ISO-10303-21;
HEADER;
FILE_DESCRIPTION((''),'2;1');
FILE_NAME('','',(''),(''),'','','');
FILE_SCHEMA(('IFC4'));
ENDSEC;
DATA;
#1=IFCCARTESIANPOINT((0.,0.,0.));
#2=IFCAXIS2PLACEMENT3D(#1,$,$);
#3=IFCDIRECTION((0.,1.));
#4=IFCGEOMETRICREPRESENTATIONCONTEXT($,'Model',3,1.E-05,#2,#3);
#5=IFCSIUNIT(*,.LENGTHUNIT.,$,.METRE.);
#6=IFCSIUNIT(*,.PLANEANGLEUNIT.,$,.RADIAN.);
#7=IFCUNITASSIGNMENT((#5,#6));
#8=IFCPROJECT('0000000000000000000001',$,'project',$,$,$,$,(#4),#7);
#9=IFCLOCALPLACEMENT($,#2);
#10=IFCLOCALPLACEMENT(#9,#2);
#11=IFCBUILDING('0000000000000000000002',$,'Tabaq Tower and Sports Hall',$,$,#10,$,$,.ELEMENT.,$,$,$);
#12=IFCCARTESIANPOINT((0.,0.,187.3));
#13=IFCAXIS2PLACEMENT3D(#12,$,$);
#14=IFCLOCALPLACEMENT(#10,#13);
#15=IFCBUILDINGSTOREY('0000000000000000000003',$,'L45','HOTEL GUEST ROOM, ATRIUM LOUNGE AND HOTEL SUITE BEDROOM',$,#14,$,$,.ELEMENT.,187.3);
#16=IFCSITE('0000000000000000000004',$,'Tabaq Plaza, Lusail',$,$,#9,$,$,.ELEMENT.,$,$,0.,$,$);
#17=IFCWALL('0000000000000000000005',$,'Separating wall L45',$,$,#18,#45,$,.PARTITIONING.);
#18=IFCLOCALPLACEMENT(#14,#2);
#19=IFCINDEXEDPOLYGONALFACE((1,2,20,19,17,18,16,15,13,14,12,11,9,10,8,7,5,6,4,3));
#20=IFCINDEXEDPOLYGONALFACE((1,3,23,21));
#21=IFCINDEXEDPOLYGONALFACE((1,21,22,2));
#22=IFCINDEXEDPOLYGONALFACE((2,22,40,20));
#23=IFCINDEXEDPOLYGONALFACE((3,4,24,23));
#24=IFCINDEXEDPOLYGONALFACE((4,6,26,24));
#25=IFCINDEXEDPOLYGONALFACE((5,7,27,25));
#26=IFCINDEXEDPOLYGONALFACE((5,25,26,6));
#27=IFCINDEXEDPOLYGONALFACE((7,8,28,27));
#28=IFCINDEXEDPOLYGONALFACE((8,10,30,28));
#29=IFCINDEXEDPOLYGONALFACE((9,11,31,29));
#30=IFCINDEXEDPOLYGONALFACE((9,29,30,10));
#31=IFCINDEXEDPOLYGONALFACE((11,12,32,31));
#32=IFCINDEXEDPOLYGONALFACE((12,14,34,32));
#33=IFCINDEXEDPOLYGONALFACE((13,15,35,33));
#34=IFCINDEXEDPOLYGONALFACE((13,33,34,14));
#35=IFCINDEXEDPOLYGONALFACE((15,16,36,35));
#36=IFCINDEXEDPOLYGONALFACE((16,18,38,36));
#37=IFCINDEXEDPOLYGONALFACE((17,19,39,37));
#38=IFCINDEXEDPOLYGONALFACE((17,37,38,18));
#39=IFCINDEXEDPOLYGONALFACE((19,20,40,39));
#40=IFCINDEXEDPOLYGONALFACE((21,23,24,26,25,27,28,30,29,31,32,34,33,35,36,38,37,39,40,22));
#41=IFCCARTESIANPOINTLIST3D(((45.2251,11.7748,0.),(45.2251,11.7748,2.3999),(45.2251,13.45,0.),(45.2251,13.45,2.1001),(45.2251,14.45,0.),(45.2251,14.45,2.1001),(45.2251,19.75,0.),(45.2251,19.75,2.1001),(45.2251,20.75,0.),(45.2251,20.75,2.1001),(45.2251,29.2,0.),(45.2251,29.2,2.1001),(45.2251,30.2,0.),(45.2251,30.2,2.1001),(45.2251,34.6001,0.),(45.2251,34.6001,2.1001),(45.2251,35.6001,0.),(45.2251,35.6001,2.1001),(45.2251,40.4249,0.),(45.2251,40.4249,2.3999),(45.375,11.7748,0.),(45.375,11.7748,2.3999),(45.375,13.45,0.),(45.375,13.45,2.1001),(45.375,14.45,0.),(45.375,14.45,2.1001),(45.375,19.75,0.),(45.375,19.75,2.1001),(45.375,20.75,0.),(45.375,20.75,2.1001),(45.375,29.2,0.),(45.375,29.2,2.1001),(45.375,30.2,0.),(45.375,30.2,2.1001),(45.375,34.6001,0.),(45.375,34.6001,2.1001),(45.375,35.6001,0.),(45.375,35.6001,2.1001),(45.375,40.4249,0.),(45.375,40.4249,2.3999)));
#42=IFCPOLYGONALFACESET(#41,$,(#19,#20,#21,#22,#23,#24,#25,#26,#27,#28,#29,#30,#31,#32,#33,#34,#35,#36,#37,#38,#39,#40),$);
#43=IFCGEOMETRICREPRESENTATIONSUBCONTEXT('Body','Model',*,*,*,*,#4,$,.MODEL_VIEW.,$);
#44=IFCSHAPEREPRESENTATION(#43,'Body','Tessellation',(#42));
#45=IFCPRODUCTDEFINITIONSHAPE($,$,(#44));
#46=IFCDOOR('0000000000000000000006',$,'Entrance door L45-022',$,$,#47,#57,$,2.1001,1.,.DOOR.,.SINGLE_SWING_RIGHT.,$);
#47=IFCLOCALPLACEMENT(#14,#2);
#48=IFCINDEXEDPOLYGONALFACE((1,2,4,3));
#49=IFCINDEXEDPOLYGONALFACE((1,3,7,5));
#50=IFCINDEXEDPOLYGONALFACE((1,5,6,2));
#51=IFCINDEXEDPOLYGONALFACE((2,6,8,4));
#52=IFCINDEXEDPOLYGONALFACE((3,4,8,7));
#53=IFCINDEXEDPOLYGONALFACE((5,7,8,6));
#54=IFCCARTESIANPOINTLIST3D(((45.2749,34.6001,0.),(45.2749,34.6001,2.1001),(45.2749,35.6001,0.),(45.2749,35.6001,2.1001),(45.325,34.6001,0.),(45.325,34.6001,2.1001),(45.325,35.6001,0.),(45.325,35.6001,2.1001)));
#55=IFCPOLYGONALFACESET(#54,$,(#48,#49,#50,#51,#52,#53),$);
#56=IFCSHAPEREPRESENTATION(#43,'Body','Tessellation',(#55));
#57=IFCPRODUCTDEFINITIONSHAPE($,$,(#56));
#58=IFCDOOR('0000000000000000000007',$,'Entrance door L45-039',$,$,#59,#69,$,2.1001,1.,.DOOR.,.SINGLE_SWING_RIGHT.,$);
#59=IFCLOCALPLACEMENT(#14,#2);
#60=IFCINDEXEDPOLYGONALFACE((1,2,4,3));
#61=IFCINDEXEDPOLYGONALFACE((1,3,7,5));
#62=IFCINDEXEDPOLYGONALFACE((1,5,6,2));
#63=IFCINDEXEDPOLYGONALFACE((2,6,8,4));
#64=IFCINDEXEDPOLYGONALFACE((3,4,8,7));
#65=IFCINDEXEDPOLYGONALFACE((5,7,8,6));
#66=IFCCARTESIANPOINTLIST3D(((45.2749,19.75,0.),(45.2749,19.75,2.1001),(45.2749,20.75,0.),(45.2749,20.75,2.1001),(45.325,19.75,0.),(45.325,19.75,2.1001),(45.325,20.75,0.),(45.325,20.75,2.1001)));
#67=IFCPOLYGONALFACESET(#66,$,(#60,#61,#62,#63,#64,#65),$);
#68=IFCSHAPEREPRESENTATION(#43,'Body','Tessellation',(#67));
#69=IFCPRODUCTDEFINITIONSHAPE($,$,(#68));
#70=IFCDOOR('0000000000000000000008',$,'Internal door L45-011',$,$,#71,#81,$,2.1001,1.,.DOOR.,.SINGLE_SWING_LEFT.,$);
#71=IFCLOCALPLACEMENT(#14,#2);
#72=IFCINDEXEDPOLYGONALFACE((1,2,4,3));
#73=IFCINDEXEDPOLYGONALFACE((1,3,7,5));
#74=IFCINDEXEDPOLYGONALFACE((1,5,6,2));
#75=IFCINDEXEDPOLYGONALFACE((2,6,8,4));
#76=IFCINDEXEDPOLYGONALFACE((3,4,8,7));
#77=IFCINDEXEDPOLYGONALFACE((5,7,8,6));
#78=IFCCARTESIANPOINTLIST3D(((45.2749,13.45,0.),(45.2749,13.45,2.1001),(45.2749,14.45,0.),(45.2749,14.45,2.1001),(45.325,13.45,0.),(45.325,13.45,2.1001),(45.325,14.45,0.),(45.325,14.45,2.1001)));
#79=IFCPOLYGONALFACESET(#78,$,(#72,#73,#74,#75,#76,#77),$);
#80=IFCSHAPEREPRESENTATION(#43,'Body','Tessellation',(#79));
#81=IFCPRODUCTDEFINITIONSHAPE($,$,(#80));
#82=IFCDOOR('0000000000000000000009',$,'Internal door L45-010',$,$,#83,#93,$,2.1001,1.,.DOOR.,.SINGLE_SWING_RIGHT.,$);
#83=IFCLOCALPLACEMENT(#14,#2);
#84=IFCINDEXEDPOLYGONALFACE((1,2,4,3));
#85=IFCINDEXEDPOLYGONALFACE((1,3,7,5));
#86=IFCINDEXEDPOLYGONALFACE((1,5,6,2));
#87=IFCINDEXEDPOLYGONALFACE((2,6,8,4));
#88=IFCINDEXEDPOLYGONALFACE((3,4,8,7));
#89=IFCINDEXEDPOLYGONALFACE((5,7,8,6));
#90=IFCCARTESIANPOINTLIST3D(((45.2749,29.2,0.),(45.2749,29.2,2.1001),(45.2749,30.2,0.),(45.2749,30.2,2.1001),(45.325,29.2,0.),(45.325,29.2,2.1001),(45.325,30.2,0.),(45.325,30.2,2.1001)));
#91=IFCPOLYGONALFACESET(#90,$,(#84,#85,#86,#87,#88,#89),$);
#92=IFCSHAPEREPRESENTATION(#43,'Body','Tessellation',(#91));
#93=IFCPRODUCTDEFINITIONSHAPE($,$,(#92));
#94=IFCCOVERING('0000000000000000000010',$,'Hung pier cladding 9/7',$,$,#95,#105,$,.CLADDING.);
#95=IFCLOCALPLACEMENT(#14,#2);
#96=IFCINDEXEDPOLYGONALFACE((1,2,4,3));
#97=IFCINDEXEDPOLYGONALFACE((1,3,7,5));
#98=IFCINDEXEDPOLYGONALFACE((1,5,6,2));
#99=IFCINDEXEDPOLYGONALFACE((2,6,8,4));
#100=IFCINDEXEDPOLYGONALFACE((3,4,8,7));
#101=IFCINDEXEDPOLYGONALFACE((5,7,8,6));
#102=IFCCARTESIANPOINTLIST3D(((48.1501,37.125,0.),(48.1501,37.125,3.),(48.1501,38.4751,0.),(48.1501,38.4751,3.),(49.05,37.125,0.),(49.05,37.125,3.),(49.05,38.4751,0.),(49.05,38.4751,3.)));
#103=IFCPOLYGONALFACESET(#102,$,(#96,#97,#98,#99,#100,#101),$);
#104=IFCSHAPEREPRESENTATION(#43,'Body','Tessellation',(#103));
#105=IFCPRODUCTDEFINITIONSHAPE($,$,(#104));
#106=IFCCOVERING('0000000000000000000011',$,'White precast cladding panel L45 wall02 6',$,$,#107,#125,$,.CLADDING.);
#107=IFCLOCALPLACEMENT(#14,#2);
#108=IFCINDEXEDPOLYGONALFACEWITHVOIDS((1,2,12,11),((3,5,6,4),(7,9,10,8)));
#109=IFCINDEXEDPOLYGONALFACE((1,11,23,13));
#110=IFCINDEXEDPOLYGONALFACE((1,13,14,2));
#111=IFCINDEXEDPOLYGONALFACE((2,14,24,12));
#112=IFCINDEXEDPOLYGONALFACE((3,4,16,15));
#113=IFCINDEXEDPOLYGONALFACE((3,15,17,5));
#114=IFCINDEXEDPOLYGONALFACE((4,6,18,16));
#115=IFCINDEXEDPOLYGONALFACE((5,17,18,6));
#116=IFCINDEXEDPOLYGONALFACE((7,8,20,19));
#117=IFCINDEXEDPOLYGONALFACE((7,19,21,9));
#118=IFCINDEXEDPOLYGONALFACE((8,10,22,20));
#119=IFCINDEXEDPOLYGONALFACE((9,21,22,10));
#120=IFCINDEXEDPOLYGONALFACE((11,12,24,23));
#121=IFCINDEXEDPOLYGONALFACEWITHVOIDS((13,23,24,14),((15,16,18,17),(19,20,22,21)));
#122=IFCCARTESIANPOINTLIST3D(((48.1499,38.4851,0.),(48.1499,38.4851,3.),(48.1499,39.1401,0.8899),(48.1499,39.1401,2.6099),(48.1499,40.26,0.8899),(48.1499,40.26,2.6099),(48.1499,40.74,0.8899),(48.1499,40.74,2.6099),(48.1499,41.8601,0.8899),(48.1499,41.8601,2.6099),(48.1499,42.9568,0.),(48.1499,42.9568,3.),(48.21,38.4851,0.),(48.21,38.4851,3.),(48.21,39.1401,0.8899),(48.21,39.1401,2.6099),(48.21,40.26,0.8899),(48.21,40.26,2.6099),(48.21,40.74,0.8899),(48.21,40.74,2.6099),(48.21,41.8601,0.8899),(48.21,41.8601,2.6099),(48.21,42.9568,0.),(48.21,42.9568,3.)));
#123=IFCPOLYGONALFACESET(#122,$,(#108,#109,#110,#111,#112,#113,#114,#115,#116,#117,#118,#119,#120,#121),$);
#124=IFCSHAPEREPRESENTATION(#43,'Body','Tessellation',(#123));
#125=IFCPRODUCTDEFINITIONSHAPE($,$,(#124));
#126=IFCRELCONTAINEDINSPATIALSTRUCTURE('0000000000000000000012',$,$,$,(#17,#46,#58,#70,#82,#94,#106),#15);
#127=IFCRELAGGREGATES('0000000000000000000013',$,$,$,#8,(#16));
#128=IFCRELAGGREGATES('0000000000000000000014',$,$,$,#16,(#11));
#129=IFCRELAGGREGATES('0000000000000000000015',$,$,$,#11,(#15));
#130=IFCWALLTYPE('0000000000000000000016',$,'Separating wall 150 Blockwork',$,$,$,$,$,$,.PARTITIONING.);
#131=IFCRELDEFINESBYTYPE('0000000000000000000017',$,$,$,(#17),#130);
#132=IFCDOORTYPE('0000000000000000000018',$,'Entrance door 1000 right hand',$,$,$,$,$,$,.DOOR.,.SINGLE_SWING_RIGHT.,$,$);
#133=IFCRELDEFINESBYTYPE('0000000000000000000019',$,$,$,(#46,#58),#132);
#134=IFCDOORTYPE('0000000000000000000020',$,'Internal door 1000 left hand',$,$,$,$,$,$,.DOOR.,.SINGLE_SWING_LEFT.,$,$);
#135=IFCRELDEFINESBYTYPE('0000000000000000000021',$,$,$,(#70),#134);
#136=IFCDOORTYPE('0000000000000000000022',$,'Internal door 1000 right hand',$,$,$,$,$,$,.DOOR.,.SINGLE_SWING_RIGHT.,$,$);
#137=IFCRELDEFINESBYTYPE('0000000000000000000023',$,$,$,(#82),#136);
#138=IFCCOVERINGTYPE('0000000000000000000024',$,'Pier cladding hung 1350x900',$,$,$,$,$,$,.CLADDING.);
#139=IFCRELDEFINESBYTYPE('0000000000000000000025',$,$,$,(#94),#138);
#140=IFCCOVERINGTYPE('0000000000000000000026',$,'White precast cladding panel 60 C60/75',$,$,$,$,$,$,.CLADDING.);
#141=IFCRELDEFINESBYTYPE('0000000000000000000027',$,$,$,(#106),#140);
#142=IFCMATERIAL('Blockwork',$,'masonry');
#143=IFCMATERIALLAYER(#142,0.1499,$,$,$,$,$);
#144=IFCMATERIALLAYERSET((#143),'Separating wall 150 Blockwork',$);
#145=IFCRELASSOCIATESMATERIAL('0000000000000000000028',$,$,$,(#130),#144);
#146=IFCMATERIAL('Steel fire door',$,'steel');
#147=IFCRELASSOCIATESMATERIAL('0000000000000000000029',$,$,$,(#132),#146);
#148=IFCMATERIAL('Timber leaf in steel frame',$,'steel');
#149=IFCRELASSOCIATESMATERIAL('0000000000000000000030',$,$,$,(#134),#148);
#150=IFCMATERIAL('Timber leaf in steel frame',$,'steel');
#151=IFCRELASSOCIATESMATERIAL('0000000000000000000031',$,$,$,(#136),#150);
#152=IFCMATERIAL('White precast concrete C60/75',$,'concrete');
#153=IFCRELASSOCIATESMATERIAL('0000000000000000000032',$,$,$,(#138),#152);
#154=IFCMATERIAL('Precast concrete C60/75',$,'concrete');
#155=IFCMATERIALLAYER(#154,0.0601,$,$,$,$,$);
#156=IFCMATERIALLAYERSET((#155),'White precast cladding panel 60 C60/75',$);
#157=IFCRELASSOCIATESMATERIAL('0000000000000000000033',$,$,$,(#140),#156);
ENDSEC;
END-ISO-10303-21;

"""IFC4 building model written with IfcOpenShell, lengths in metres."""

from ifc_helpers import new_model, si_unit, direction, frame, frame_2d, origin, place, context, subcontext, project, spatial, polyline, rectangle, outline, extrude, material, layer, layer_set, type_object, element, fill, save


model = new_model("IFC4")

# Units and contexts
model_context = context("Model", 3, precision=1e-05, world=origin(), true_north=direction((0.0, 1.0)))
body_context = subcontext(model_context, "Body", "Model", "MODEL_VIEW")
ifc_project = project(units=[si_unit("LENGTHUNIT", "METRE"), si_unit("PLANEANGLEUNIT", "RADIAN")], contexts=[model_context])

# Site, building, storey
site_placement = place(None, origin())
site = spatial("IfcSite", under=ifc_project, at=site_placement, Name="Tabaq Plaza, Lusail", CompositionType="ELEMENT", RefElevation=0.0)
building_placement = place(site_placement, origin())
building = spatial("IfcBuilding", under=site, at=building_placement, Name="Tabaq Tower and Sports Hall", CompositionType="ELEMENT")
storey_placement = place(building_placement, frame((0.0, 0.0, 187.3)))
storey = spatial("IfcBuildingStorey", under=building, at=storey_placement, Name="L45", Description="HOTEL GUEST ROOM, ATRIUM LOUNGE AND HOTEL SUITE BEDROOM", CompositionType="ELEMENT", Elevation=187.3)

# Shared definitions
ifc_material_1 = material(Name="Blockwork", Category="masonry")
ifc_layer_1 = layer(ifc_material_1, 0.1499)
ifc_layer_set_1 = layer_set([ifc_layer_1], Name="Separating wall 150 Blockwork")
wall_type_1 = type_object("IfcWallType", Name="Separating wall 150 Blockwork", PredefinedType="PARTITIONING", material=ifc_layer_set_1)
ifc_material_2 = material(Name="Steel fire door", Category="steel")
door_type_1 = type_object("IfcDoorType", Name="Entrance door 1000 right hand", OperationType="SINGLE_SWING_RIGHT", PredefinedType="DOOR", material=ifc_material_2)
ifc_material_3 = material(Name="Timber leaf in steel frame", Category="steel")
door_type_2 = type_object("IfcDoorType", Name="Internal door 1000 left hand", OperationType="SINGLE_SWING_LEFT", PredefinedType="DOOR", material=ifc_material_3)

# Wall, openings, doors
wall_1_placement = place(storey_placement, frame((45.3, 40.425, 0.0), z_axis=(0.0, 0.0, 1.0), x_axis=(0.0, -1.0, 0.0)))
wall_1 = element("IfcWall", 1, at=wall_1_placement, inside=storey, type_object=wall_type_1, Name="Separating wall L45", PredefinedType="PARTITIONING", context=body_context, shape_type="SweptSolid", body=[
    extrude(rectangle(XDim=28.6501, YDim=0.1499, at=frame_2d((14.3252, 0.0))), origin(), (0.0, 0.0, 1.0), 2.3999),
])
opening_1_placement = place(wall_1_placement, frame((10.2251, 0.0, 0.0)))
opening_1 = element("IfcOpeningElement", 2, at=opening_1_placement, cuts=wall_1, PredefinedType="OPENING", context=body_context, shape_type="SweptSolid", body=[
    extrude(rectangle(XDim=1.0, YDim=2.1001, at=frame_2d((0.5, 1.05))), frame((0.0, 0.075, 0.0), z_axis=(0.0, -1.0, 0.0), x_axis=(1.0, 0.0, 0.0)), (0.0, 0.0, 1.0), 0.1499),
])
opening_2_placement = place(wall_1_placement, frame((25.9751, 0.0, 0.0)))
opening_2 = element("IfcOpeningElement", 3, at=opening_2_placement, cuts=wall_1, PredefinedType="OPENING", context=body_context, shape_type="SweptSolid", body=[
    extrude(rectangle(XDim=1.0, YDim=2.1001, at=frame_2d((0.5, 1.05))), frame((0.0, 0.075, 0.0), z_axis=(0.0, -1.0, 0.0), x_axis=(1.0, 0.0, 0.0)), (0.0, 0.0, 1.0), 0.1499),
])
opening_3_placement = place(wall_1_placement, frame((4.825, 0.0, 0.0)))
opening_3 = element("IfcOpeningElement", 4, at=opening_3_placement, cuts=wall_1, PredefinedType="OPENING", context=body_context, shape_type="SweptSolid", body=[
    extrude(rectangle(XDim=1.0, YDim=2.1001, at=frame_2d((0.5, 1.05))), frame((0.0, 0.075, 0.0), z_axis=(0.0, -1.0, 0.0), x_axis=(1.0, 0.0, 0.0)), (0.0, 0.0, 1.0), 0.1499),
])
opening_4_placement = place(wall_1_placement, frame((19.675, 0.0, 0.0)))
opening_4 = element("IfcOpeningElement", 5, at=opening_4_placement, cuts=wall_1, PredefinedType="OPENING", context=body_context, shape_type="SweptSolid", body=[
    extrude(rectangle(XDim=1.0, YDim=2.1001, at=frame_2d((0.5, 1.05))), frame((0.0, 0.075, 0.0), z_axis=(0.0, -1.0, 0.0), x_axis=(1.0, 0.0, 0.0)), (0.0, 0.0, 1.0), 0.1499),
])
door_1_placement = place(opening_3_placement, origin())
door_1 = element("IfcDoor", 6, at=door_1_placement, inside=storey, type_object=door_type_1, Name="Entrance door L45-022", OperationType="SINGLE_SWING_RIGHT", OverallHeight=2.1001, OverallWidth=1.0, PredefinedType="DOOR", context=body_context, shape_type="SweptSolid", body=[
    extrude(rectangle(XDim=1.0, YDim=2.1001, at=frame_2d((0.5, 1.05))), frame((0.0, 0.0249, 0.0), z_axis=(0.0, -1.0, 0.0), x_axis=(1.0, 0.0, 0.0)), (0.0, 0.0, 1.0), 0.05),
])
fill(opening_3, door_1)
door_2_placement = place(opening_4_placement, origin())
door_2 = element("IfcDoor", 7, at=door_2_placement, inside=storey, type_object=door_type_1, Name="Entrance door L45-039", OperationType="SINGLE_SWING_RIGHT", OverallHeight=2.1001, OverallWidth=1.0, PredefinedType="DOOR", context=body_context, shape_type="SweptSolid", body=[
    extrude(rectangle(XDim=1.0, YDim=2.1001, at=frame_2d((0.5, 1.05))), frame((0.0, 0.0249, 0.0), z_axis=(0.0, -1.0, 0.0), x_axis=(1.0, 0.0, 0.0)), (0.0, 0.0, 1.0), 0.05),
])
fill(opening_4, door_2)
door_3_placement = place(opening_2_placement, origin())
door_3 = element("IfcDoor", 8, at=door_3_placement, inside=storey, type_object=door_type_2, Name="Internal door L45-011", OperationType="SINGLE_SWING_LEFT", OverallHeight=2.1001, OverallWidth=1.0, PredefinedType="DOOR", context=body_context, shape_type="SweptSolid", body=[
    extrude(rectangle(XDim=1.0, YDim=2.1001, at=frame_2d((0.5, 1.05))), frame((0.0, 0.0249, 0.0), z_axis=(0.0, -1.0, 0.0), x_axis=(1.0, 0.0, 0.0)), (0.0, 0.0, 1.0), 0.05),
])
fill(opening_2, door_3)
ifc_material_4 = material(Name="Timber leaf in steel frame", Category="steel")
door_type_3 = type_object("IfcDoorType", Name="Internal door 1000 right hand", OperationType="SINGLE_SWING_RIGHT", PredefinedType="DOOR", material=ifc_material_4)
door_4_placement = place(opening_1_placement, origin())
door_4 = element("IfcDoor", 9, at=door_4_placement, inside=storey, type_object=door_type_3, Name="Internal door L45-010", OperationType="SINGLE_SWING_RIGHT", OverallHeight=2.1001, OverallWidth=1.0, PredefinedType="DOOR", context=body_context, shape_type="SweptSolid", body=[
    extrude(rectangle(XDim=1.0, YDim=2.1001, at=frame_2d((0.5, 1.05))), frame((0.0, 0.0249, 0.0), z_axis=(0.0, -1.0, 0.0), x_axis=(1.0, 0.0, 0.0)), (0.0, 0.0, 1.0), 0.05),
])
fill(opening_1, door_4)

# Coverings
ifc_material_5 = material(Name="White precast concrete C60/75", Category="concrete")
covering_type_1 = type_object("IfcCoveringType", Name="Pier cladding hung 1350x900", PredefinedType="CLADDING", material=ifc_material_5)
covering_1_placement = place(storey_placement, frame((48.6001, 37.125, 0.0), z_axis=(0.0, 0.0, 1.0), x_axis=(0.0, 1.0, 0.0)))
element("IfcCovering", 10, at=covering_1_placement, inside=storey, type_object=covering_type_1, Name="Hung pier cladding 9/7", PredefinedType="CLADDING", context=body_context, shape_type="SweptSolid", body=[
    extrude(rectangle(XDim=1.3501, YDim=0.8999, at=frame_2d((0.675, 0.0))), origin(), (0.0, 0.0, 1.0), 3.0),
])
ifc_material_6 = material(Name="Precast concrete C60/75", Category="concrete")
ifc_layer_2 = layer(ifc_material_6, 0.0601)
ifc_layer_set_2 = layer_set([ifc_layer_2], Name="White precast cladding panel 60 C60/75")
covering_type_2 = type_object("IfcCoveringType", Name="White precast cladding panel 60 C60/75", PredefinedType="CLADDING", material=ifc_layer_set_2)
covering_2_placement = place(storey_placement, frame((48.1799, 38.4851, 0.0), z_axis=(0.0, 0.0, 1.0), x_axis=(0.0, 1.0, 0.0)))
element("IfcCovering", 11, at=covering_2_placement, inside=storey, type_object=covering_type_2, Name="White precast cladding panel L45 wall02 6", PredefinedType="CLADDING", context=body_context, shape_type="SweptSolid", body=[
    extrude(outline(polyline([(0.0, 0.0), (4.4717, 0.0), (4.4717, 3.0), (0.0, 3.0), (0.0, 0.0)]), holes=[polyline([(0.655, 2.6099), (1.7749, 2.6099), (1.7749, 0.8899), (0.655, 0.8899), (0.655, 2.6099)]), polyline([(2.2549, 2.6099), (3.375, 2.6099), (3.375, 0.8899), (2.2549, 0.8899), (2.2549, 2.6099)])]), frame((0.0, 0.03, 0.0), z_axis=(0.0, -1.0, 0.0), x_axis=(1.0, 0.0, 0.0)), (0.0, 0.0, 1.0), 0.0601),
])

save(model, "model.ifc")
